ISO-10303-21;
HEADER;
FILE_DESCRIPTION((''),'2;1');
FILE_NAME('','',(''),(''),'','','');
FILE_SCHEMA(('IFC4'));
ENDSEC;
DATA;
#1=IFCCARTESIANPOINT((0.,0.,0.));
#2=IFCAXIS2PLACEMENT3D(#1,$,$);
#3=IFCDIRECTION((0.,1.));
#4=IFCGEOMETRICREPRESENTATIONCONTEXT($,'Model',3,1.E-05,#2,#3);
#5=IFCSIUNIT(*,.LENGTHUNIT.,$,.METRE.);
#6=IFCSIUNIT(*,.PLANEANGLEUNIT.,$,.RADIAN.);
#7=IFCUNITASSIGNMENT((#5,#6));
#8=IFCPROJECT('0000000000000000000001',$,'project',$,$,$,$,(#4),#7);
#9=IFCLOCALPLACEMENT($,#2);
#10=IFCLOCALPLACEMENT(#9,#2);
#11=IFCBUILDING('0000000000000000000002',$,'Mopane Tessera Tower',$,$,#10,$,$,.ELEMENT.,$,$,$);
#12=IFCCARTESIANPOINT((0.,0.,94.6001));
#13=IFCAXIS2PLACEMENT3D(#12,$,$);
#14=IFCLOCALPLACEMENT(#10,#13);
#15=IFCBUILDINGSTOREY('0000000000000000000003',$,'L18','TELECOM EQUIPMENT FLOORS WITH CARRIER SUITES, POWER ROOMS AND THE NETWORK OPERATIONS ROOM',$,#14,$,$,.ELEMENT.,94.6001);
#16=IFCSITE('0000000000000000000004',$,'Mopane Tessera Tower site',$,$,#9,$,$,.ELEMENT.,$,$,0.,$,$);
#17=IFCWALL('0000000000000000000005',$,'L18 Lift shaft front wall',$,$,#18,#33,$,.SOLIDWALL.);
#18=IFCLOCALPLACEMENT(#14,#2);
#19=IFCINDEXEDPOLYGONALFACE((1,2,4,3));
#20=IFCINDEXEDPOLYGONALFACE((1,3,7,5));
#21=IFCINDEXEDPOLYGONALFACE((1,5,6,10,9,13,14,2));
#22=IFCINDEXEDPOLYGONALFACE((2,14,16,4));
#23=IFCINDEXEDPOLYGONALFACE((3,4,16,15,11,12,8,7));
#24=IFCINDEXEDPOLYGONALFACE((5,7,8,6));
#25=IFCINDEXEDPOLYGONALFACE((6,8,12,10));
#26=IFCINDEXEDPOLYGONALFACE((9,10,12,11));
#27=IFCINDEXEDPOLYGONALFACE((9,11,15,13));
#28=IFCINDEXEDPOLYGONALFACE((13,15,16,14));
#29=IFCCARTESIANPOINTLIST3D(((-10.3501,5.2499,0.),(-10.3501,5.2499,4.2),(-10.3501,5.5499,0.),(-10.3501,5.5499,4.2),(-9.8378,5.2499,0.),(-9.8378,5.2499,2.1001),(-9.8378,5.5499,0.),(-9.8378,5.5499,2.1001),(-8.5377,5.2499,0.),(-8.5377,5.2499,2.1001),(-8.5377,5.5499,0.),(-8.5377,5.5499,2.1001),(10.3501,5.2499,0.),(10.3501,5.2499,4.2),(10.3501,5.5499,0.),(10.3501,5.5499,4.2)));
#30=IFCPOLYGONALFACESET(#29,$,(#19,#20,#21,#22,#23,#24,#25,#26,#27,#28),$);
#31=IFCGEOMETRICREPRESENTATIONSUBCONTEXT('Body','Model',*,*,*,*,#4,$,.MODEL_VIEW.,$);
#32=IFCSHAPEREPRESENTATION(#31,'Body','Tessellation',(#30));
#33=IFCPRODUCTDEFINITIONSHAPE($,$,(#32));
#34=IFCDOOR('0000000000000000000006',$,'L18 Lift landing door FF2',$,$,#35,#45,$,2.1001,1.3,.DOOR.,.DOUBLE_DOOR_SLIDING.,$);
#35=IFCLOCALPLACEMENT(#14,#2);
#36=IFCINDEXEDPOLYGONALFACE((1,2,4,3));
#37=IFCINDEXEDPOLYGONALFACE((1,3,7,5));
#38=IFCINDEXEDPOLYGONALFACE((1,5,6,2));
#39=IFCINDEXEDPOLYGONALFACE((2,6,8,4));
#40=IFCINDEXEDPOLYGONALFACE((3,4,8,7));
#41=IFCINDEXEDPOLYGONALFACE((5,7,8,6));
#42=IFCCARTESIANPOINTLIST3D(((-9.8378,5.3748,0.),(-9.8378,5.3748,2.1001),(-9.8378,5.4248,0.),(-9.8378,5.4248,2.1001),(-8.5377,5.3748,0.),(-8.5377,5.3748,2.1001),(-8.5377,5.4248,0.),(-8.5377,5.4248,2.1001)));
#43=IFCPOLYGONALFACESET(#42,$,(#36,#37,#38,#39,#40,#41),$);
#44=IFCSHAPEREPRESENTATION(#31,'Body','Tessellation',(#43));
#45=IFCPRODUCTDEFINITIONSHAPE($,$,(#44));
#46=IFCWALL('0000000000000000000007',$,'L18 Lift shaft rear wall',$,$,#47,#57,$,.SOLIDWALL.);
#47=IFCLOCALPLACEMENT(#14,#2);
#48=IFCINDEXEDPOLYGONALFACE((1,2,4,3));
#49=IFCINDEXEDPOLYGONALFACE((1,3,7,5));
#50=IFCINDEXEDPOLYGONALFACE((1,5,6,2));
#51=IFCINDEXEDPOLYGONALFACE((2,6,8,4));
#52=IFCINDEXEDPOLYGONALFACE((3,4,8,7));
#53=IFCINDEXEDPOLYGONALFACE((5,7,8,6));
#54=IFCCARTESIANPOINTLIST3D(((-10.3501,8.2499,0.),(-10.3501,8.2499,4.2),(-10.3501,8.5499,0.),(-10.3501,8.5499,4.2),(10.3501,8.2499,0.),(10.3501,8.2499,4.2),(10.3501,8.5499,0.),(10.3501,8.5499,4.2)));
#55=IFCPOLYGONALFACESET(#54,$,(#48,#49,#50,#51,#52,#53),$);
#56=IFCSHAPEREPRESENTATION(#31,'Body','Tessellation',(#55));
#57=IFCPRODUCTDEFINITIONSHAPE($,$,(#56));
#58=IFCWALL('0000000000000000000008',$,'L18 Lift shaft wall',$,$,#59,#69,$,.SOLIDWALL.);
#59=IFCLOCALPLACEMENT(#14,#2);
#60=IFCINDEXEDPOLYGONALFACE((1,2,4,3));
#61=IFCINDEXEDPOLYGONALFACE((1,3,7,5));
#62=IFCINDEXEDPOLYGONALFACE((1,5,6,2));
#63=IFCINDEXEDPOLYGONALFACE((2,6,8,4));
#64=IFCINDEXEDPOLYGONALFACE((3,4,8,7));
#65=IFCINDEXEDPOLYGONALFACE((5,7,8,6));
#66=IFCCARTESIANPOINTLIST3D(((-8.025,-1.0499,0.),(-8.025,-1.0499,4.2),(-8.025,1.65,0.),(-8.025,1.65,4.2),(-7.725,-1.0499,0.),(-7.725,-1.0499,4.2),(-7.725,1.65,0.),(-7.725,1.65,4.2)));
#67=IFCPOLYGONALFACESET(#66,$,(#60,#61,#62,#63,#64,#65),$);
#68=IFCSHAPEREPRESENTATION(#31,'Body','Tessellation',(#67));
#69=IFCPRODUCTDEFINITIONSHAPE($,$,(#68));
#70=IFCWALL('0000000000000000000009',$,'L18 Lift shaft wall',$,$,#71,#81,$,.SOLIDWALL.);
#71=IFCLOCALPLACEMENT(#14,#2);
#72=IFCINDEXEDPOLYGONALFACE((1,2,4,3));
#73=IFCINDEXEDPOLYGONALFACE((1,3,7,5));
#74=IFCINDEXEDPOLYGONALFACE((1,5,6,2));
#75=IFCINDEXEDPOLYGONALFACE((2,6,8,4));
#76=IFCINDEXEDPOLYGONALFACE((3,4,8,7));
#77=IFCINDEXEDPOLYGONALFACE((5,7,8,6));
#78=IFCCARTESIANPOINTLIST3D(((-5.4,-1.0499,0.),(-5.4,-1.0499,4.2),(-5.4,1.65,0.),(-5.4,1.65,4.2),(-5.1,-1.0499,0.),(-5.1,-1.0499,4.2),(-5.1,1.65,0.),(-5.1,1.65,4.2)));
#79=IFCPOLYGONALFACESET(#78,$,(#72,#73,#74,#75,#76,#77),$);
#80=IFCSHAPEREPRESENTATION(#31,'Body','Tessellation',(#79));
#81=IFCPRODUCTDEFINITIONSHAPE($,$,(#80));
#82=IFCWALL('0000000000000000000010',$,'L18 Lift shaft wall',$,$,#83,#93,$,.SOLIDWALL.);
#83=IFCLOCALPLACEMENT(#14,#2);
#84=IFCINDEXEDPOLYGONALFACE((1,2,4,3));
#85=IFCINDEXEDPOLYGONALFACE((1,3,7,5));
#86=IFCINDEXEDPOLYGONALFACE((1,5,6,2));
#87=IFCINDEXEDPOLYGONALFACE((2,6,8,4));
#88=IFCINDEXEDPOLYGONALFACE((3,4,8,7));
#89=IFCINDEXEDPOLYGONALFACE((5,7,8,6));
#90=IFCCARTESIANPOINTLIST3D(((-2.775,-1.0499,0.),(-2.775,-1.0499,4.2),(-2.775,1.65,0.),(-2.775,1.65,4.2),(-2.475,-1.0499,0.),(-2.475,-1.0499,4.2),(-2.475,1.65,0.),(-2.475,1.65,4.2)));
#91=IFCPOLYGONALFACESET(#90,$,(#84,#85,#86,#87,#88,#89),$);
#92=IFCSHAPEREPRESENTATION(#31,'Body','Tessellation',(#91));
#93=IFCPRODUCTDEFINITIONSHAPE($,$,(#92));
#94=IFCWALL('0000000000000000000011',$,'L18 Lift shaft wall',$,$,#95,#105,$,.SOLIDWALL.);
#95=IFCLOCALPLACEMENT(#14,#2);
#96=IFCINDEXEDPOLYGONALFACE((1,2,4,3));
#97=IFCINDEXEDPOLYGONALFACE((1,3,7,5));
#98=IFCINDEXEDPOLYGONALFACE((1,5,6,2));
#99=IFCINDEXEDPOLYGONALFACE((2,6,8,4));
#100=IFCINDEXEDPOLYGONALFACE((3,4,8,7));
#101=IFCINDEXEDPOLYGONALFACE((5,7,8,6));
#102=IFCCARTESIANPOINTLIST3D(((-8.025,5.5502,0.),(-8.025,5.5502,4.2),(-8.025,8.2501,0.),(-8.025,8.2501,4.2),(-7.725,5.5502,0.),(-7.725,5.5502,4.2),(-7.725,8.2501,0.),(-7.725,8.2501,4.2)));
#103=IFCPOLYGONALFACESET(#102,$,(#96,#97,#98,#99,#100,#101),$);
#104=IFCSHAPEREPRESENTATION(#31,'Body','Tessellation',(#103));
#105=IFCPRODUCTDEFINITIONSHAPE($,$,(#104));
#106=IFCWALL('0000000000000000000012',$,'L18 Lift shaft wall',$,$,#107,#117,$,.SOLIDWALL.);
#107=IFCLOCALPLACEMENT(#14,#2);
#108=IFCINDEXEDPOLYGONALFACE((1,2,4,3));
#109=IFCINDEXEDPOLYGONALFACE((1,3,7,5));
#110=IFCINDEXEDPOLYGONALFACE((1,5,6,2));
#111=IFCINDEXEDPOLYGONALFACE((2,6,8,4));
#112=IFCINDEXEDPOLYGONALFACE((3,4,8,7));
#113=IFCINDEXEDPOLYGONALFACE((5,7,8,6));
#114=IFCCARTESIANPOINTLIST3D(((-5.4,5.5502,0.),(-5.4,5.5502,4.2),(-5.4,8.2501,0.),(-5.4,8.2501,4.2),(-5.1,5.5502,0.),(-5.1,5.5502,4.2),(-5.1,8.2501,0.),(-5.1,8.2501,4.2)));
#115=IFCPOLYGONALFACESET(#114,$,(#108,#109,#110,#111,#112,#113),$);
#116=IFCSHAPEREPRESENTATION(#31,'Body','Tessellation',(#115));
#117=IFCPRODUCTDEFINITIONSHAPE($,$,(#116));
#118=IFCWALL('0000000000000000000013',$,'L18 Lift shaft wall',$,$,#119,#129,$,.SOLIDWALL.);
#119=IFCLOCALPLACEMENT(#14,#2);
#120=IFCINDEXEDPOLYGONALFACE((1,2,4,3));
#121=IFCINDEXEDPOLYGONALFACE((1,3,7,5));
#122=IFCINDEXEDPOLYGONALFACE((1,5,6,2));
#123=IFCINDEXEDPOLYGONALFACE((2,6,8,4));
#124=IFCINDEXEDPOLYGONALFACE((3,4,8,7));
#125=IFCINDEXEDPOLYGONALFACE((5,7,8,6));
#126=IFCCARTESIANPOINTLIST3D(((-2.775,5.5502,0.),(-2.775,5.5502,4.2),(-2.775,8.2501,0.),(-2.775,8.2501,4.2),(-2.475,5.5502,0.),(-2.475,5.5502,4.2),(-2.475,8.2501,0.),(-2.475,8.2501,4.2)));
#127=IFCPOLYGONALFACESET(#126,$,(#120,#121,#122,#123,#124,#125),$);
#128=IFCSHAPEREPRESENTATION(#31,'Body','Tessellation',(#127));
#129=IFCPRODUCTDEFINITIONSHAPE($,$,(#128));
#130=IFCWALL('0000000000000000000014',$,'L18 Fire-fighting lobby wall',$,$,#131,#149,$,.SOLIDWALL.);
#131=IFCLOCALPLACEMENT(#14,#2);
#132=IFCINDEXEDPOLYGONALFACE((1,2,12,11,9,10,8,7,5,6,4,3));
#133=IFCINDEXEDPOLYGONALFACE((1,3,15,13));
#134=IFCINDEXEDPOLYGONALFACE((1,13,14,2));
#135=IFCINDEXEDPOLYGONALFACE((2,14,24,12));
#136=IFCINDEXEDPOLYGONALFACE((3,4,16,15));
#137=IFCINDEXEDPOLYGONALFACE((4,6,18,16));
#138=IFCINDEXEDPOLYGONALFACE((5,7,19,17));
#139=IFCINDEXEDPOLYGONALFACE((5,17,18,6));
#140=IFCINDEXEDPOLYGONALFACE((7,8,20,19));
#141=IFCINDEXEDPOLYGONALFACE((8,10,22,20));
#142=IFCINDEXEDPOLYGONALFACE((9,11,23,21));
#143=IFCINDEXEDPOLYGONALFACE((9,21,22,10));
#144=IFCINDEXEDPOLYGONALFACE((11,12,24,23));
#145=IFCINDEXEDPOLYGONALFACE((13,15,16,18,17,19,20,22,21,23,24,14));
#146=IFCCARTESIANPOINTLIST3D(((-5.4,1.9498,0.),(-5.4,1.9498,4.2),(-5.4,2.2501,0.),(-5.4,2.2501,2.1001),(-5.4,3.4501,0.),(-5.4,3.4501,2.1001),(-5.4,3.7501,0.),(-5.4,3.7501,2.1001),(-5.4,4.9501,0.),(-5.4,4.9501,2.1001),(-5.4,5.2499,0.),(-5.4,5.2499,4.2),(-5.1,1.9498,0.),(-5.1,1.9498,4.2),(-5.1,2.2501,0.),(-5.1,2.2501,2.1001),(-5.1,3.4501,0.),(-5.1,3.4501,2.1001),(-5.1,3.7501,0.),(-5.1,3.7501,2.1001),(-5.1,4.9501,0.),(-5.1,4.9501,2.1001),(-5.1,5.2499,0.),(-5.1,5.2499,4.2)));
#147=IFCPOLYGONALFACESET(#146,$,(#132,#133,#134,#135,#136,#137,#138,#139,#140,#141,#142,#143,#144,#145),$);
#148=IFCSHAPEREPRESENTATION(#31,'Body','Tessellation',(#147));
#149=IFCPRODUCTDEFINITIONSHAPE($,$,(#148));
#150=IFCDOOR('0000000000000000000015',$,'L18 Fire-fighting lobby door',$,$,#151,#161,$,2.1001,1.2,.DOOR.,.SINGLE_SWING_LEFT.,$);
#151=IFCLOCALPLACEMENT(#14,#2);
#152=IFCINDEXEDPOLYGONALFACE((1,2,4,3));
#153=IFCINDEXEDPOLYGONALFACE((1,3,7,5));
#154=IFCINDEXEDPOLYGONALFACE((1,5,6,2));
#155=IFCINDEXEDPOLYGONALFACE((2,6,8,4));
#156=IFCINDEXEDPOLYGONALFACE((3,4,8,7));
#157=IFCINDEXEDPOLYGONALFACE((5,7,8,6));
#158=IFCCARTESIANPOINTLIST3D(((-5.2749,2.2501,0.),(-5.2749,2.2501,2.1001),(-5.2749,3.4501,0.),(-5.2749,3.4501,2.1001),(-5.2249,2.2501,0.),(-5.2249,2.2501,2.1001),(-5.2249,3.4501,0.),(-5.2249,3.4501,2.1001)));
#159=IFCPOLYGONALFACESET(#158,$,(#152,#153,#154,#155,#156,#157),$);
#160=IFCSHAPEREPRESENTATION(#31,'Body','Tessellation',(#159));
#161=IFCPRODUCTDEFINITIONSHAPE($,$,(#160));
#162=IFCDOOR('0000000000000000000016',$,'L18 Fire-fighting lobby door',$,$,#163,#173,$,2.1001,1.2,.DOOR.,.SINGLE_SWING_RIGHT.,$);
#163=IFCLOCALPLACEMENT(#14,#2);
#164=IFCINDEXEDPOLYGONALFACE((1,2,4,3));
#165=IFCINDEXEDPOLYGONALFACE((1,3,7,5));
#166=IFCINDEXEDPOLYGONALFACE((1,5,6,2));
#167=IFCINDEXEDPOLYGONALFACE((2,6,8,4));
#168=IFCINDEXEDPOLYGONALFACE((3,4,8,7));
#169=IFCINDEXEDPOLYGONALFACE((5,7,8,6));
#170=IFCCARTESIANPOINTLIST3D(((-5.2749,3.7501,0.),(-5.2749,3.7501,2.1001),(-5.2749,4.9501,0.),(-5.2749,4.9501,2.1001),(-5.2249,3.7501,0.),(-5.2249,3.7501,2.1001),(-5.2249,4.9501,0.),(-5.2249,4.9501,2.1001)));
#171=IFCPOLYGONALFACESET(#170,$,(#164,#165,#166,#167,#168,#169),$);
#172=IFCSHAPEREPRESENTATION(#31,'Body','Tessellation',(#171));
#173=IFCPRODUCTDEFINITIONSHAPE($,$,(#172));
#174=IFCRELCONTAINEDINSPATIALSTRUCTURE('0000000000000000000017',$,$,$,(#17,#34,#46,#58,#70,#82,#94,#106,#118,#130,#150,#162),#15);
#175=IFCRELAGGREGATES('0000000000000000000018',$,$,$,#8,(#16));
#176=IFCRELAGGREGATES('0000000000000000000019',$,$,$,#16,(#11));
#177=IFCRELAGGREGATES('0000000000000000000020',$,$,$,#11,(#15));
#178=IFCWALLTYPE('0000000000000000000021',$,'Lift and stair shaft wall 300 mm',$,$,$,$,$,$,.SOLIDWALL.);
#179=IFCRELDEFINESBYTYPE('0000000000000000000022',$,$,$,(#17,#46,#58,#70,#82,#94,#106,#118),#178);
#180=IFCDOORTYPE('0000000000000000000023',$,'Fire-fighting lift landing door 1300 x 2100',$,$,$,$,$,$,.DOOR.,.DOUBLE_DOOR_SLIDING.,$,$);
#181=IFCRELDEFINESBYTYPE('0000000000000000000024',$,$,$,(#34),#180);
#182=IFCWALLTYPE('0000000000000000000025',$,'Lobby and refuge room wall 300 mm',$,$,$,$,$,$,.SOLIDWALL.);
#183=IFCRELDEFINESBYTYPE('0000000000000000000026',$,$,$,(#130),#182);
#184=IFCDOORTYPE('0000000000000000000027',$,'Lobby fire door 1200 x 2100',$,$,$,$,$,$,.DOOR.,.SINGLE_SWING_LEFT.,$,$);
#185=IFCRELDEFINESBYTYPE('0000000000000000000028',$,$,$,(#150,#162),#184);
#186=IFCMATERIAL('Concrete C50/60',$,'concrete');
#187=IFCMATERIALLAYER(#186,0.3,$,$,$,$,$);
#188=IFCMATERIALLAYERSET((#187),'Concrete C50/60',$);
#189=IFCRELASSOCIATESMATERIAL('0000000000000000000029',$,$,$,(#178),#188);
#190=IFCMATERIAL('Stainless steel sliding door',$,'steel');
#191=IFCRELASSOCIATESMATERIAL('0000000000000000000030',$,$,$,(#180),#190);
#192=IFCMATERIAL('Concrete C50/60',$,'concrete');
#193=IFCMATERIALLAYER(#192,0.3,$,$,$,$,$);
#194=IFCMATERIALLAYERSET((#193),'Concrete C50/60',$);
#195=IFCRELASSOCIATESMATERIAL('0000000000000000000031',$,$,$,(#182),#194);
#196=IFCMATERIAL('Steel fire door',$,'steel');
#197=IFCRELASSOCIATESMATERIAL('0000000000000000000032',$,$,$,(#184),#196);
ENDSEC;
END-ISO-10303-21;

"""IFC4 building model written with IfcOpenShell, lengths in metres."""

from ifc_helpers import new_model, si_unit, direction, frame, frame_2d, origin, place, context, subcontext, project, spatial, rectangle, extrude, material, layer, layer_set, type_object, element, fill, save


model = new_model("IFC4")

# Units and contexts
model_context = context("Model", 3, precision=1e-05, world=origin(), true_north=direction((0.0, 1.0)))
body_context = subcontext(model_context, "Body", "Model", "MODEL_VIEW")
ifc_project = project(units=[si_unit("LENGTHUNIT", "METRE"), si_unit("PLANEANGLEUNIT", "RADIAN")], contexts=[model_context])

# Site, building, storey
site_placement = place(None, origin())
site = spatial("IfcSite", under=ifc_project, at=site_placement, Name="Mopane Tessera Tower site", CompositionType="ELEMENT", RefElevation=0.0)
building_placement = place(site_placement, origin())
building = spatial("IfcBuilding", under=site, at=building_placement, Name="Mopane Tessera Tower", CompositionType="ELEMENT")
storey_placement = place(building_placement, frame((0.0, 0.0, 94.6001)))
storey = spatial("IfcBuildingStorey", under=building, at=storey_placement, Name="L18", Description="TELECOM EQUIPMENT FLOORS WITH CARRIER SUITES, POWER ROOMS AND THE NETWORK OPERATIONS ROOM", CompositionType="ELEMENT", Elevation=94.6001)

# Shared definitions
ifc_material_1 = material(Name="Concrete C50/60", Category="concrete")
ifc_layer_1 = layer(ifc_material_1, 0.3)
ifc_layer_set_1 = layer_set([ifc_layer_1], Name="Concrete C50/60")
wall_type_1 = type_object("IfcWallType", Name="Lift and stair shaft wall 300 mm", PredefinedType="SOLIDWALL", material=ifc_layer_set_1)

# Shared definitions
ifc_material_2 = material(Name="Stainless steel sliding door", Category="steel")
door_type_1 = type_object("IfcDoorType", Name="Fire-fighting lift landing door 1300 x 2100", OperationType="DOUBLE_DOOR_SLIDING", PredefinedType="DOOR", material=ifc_material_2)

# Wall, opening, door
wall_1_placement = place(storey_placement, frame((-10.3501, 5.3999, 0.0), z_axis=(0.0, 0.0, 1.0), x_axis=(1.0, 0.0, 0.0)))
wall_1 = element("IfcWall", 1, at=wall_1_placement, inside=storey, type_object=wall_type_1, Name="L18 Lift shaft front wall", PredefinedType="SOLIDWALL", context=body_context, shape_type="SweptSolid", body=[
    extrude(rectangle(XDim=20.7002, YDim=0.3, at=frame_2d((10.3501, 0.0))), origin(), (0.0, 0.0, 1.0), 4.2),
])
opening_1_placement = place(wall_1_placement, frame((0.5125, 0.0, 0.0)))
opening_1 = element("IfcOpeningElement", 2, at=opening_1_placement, cuts=wall_1, PredefinedType="OPENING", context=body_context, shape_type="SweptSolid", body=[
    extrude(rectangle(XDim=1.3, YDim=2.1001, at=frame_2d((0.6499, 1.05))), frame((0.0, 0.1621, 0.0), z_axis=(0.0, -1.0, 0.0), x_axis=(1.0, 0.0, 0.0)), (0.0, 0.0, 1.0), 0.324),
])
door_1_placement = place(opening_1_placement, origin())
door_1 = element("IfcDoor", 3, at=door_1_placement, inside=storey, type_object=door_type_1, Name="L18 Lift landing door FF2", OperationType="DOUBLE_DOOR_SLIDING", OverallHeight=2.1001, OverallWidth=1.3, PredefinedType="DOOR", context=body_context, shape_type="SweptSolid", body=[
    extrude(rectangle(XDim=1.3, YDim=2.1001, at=frame_2d((0.6499, 1.05))), frame((0.0, 0.0249, 0.0), z_axis=(0.0, -1.0, 0.0), x_axis=(1.0, 0.0, 0.0)), (0.0, 0.0, 1.0), 0.05),
])
fill(opening_1, door_1)

# Walls
wall_2_placement = place(storey_placement, frame((-10.3501, 8.3999, 0.0), z_axis=(0.0, 0.0, 1.0), x_axis=(1.0, 0.0, 0.0)))
element("IfcWall", 4, at=wall_2_placement, inside=storey, type_object=wall_type_1, Name="L18 Lift shaft rear wall", PredefinedType="SOLIDWALL", context=body_context, shape_type="SweptSolid", body=[
    extrude(rectangle(XDim=20.7002, YDim=0.3, at=frame_2d((10.3501, 0.0))), origin(), (0.0, 0.0, 1.0), 4.2),
])
for number, where, z_axis, x_axis, name in (
    (5, (-7.875, -1.05, 0.0), (0.0, 0.0, 1.0), (0.0, 1.0, 0.0), "L18 Lift shaft wall"),
    (6, (-5.25, -1.05, 0.0), (0.0, 0.0, 1.0), (0.0, 1.0, 0.0), "L18 Lift shaft wall"),
    (7, (-2.625, -1.05, 0.0), (0.0, 0.0, 1.0), (0.0, 1.0, 0.0), "L18 Lift shaft wall"),
    (8, (-7.875, 5.55, 0.0), (0.0, 0.0, 1.0), (0.0, 1.0, 0.0), "L18 Lift shaft wall"),
    (9, (-5.25, 5.55, 0.0), (0.0, 0.0, 1.0), (0.0, 1.0, 0.0), "L18 Lift shaft wall"),
    (10, (-2.625, 5.55, 0.0), (0.0, 0.0, 1.0), (0.0, 1.0, 0.0), "L18 Lift shaft wall"),
):
    element("IfcWall", number, at=place(storey_placement, frame(where, z_axis=z_axis, x_axis=x_axis)), inside=storey, type_object=wall_type_1, Name=name, PredefinedType="SOLIDWALL", context=body_context, shape_type="SweptSolid", body=[
        extrude(rectangle(XDim=2.7, YDim=0.3, at=frame_2d((1.3501, 0.0))), origin(), (0.0, 0.0, 1.0), 4.2),
    ])

# Wall, openings, doors
ifc_material_3 = material(Name="Concrete C50/60", Category="concrete")
ifc_layer_2 = layer(ifc_material_3, 0.3)
ifc_layer_set_2 = layer_set([ifc_layer_2], Name="Concrete C50/60")
wall_type_2 = type_object("IfcWallType", Name="Lobby and refuge room wall 300 mm", PredefinedType="SOLIDWALL", material=ifc_layer_set_2)
wall_3_placement = place(storey_placement, frame((-5.25, 1.95, 0.0), z_axis=(0.0, 0.0, 1.0), x_axis=(0.0, 1.0, 0.0)))
wall_3 = element("IfcWall", 11, at=wall_3_placement, inside=storey, type_object=wall_type_2, Name="L18 Fire-fighting lobby wall", PredefinedType="SOLIDWALL", context=body_context, shape_type="SweptSolid", body=[
    extrude(rectangle(XDim=3.3, YDim=0.3, at=frame_2d((1.6499, 0.0))), origin(), (0.0, 0.0, 1.0), 4.2),
])
opening_2_placement = place(wall_3_placement, frame((0.3, 0.0, 0.0)))
opening_2 = element("IfcOpeningElement", 12, at=opening_2_placement, cuts=wall_3, PredefinedType="OPENING", context=body_context, shape_type="SweptSolid", body=[
    extrude(rectangle(XDim=1.2, YDim=2.1001, at=frame_2d((0.6001, 1.05))), frame((0.0, 0.1621, 0.0), z_axis=(0.0, -1.0, 0.0), x_axis=(1.0, 0.0, 0.0)), (0.0, 0.0, 1.0), 0.324),
])
opening_3_placement = place(wall_3_placement, frame((1.8, 0.0, 0.0)))
opening_3 = element("IfcOpeningElement", 13, at=opening_3_placement, cuts=wall_3, PredefinedType="OPENING", context=body_context, shape_type="SweptSolid", body=[
    extrude(rectangle(XDim=1.2, YDim=2.1001, at=frame_2d((0.6001, 1.05))), frame((0.0, 0.1621, 0.0), z_axis=(0.0, -1.0, 0.0), x_axis=(1.0, 0.0, 0.0)), (0.0, 0.0, 1.0), 0.324),
])
ifc_material_4 = material(Name="Steel fire door", Category="steel")
door_type_2 = type_object("IfcDoorType", Name="Lobby fire door 1200 x 2100", OperationType="SINGLE_SWING_LEFT", PredefinedType="DOOR", material=ifc_material_4)
door_2_placement = place(opening_2_placement, origin())
door_2 = element("IfcDoor", 14, at=door_2_placement, inside=storey, type_object=door_type_2, Name="L18 Fire-fighting lobby door", OperationType="SINGLE_SWING_LEFT", OverallHeight=2.1001, OverallWidth=1.2, PredefinedType="DOOR", context=body_context, shape_type="SweptSolid", body=[
    extrude(rectangle(XDim=1.2, YDim=2.1001, at=frame_2d((0.6001, 1.05))), frame((0.0, 0.0249, 0.0), z_axis=(0.0, -1.0, 0.0), x_axis=(1.0, 0.0, 0.0)), (0.0, 0.0, 1.0), 0.05),
])
fill(opening_2, door_2)
door_3_placement = place(opening_3_placement, origin())
door_3 = element("IfcDoor", 15, at=door_3_placement, inside=storey, type_object=door_type_2, Name="L18 Fire-fighting lobby door", OperationType="SINGLE_SWING_RIGHT", OverallHeight=2.1001, OverallWidth=1.2, PredefinedType="DOOR", context=body_context, shape_type="SweptSolid", body=[
    extrude(rectangle(XDim=1.2, YDim=2.1001, at=frame_2d((0.6001, 1.05))), frame((0.0, 0.0249, 0.0), z_axis=(0.0, -1.0, 0.0), x_axis=(1.0, 0.0, 0.0)), (0.0, 0.0, 1.0), 0.05),
])
fill(opening_3, door_3)

save(model, "model.ifc")
